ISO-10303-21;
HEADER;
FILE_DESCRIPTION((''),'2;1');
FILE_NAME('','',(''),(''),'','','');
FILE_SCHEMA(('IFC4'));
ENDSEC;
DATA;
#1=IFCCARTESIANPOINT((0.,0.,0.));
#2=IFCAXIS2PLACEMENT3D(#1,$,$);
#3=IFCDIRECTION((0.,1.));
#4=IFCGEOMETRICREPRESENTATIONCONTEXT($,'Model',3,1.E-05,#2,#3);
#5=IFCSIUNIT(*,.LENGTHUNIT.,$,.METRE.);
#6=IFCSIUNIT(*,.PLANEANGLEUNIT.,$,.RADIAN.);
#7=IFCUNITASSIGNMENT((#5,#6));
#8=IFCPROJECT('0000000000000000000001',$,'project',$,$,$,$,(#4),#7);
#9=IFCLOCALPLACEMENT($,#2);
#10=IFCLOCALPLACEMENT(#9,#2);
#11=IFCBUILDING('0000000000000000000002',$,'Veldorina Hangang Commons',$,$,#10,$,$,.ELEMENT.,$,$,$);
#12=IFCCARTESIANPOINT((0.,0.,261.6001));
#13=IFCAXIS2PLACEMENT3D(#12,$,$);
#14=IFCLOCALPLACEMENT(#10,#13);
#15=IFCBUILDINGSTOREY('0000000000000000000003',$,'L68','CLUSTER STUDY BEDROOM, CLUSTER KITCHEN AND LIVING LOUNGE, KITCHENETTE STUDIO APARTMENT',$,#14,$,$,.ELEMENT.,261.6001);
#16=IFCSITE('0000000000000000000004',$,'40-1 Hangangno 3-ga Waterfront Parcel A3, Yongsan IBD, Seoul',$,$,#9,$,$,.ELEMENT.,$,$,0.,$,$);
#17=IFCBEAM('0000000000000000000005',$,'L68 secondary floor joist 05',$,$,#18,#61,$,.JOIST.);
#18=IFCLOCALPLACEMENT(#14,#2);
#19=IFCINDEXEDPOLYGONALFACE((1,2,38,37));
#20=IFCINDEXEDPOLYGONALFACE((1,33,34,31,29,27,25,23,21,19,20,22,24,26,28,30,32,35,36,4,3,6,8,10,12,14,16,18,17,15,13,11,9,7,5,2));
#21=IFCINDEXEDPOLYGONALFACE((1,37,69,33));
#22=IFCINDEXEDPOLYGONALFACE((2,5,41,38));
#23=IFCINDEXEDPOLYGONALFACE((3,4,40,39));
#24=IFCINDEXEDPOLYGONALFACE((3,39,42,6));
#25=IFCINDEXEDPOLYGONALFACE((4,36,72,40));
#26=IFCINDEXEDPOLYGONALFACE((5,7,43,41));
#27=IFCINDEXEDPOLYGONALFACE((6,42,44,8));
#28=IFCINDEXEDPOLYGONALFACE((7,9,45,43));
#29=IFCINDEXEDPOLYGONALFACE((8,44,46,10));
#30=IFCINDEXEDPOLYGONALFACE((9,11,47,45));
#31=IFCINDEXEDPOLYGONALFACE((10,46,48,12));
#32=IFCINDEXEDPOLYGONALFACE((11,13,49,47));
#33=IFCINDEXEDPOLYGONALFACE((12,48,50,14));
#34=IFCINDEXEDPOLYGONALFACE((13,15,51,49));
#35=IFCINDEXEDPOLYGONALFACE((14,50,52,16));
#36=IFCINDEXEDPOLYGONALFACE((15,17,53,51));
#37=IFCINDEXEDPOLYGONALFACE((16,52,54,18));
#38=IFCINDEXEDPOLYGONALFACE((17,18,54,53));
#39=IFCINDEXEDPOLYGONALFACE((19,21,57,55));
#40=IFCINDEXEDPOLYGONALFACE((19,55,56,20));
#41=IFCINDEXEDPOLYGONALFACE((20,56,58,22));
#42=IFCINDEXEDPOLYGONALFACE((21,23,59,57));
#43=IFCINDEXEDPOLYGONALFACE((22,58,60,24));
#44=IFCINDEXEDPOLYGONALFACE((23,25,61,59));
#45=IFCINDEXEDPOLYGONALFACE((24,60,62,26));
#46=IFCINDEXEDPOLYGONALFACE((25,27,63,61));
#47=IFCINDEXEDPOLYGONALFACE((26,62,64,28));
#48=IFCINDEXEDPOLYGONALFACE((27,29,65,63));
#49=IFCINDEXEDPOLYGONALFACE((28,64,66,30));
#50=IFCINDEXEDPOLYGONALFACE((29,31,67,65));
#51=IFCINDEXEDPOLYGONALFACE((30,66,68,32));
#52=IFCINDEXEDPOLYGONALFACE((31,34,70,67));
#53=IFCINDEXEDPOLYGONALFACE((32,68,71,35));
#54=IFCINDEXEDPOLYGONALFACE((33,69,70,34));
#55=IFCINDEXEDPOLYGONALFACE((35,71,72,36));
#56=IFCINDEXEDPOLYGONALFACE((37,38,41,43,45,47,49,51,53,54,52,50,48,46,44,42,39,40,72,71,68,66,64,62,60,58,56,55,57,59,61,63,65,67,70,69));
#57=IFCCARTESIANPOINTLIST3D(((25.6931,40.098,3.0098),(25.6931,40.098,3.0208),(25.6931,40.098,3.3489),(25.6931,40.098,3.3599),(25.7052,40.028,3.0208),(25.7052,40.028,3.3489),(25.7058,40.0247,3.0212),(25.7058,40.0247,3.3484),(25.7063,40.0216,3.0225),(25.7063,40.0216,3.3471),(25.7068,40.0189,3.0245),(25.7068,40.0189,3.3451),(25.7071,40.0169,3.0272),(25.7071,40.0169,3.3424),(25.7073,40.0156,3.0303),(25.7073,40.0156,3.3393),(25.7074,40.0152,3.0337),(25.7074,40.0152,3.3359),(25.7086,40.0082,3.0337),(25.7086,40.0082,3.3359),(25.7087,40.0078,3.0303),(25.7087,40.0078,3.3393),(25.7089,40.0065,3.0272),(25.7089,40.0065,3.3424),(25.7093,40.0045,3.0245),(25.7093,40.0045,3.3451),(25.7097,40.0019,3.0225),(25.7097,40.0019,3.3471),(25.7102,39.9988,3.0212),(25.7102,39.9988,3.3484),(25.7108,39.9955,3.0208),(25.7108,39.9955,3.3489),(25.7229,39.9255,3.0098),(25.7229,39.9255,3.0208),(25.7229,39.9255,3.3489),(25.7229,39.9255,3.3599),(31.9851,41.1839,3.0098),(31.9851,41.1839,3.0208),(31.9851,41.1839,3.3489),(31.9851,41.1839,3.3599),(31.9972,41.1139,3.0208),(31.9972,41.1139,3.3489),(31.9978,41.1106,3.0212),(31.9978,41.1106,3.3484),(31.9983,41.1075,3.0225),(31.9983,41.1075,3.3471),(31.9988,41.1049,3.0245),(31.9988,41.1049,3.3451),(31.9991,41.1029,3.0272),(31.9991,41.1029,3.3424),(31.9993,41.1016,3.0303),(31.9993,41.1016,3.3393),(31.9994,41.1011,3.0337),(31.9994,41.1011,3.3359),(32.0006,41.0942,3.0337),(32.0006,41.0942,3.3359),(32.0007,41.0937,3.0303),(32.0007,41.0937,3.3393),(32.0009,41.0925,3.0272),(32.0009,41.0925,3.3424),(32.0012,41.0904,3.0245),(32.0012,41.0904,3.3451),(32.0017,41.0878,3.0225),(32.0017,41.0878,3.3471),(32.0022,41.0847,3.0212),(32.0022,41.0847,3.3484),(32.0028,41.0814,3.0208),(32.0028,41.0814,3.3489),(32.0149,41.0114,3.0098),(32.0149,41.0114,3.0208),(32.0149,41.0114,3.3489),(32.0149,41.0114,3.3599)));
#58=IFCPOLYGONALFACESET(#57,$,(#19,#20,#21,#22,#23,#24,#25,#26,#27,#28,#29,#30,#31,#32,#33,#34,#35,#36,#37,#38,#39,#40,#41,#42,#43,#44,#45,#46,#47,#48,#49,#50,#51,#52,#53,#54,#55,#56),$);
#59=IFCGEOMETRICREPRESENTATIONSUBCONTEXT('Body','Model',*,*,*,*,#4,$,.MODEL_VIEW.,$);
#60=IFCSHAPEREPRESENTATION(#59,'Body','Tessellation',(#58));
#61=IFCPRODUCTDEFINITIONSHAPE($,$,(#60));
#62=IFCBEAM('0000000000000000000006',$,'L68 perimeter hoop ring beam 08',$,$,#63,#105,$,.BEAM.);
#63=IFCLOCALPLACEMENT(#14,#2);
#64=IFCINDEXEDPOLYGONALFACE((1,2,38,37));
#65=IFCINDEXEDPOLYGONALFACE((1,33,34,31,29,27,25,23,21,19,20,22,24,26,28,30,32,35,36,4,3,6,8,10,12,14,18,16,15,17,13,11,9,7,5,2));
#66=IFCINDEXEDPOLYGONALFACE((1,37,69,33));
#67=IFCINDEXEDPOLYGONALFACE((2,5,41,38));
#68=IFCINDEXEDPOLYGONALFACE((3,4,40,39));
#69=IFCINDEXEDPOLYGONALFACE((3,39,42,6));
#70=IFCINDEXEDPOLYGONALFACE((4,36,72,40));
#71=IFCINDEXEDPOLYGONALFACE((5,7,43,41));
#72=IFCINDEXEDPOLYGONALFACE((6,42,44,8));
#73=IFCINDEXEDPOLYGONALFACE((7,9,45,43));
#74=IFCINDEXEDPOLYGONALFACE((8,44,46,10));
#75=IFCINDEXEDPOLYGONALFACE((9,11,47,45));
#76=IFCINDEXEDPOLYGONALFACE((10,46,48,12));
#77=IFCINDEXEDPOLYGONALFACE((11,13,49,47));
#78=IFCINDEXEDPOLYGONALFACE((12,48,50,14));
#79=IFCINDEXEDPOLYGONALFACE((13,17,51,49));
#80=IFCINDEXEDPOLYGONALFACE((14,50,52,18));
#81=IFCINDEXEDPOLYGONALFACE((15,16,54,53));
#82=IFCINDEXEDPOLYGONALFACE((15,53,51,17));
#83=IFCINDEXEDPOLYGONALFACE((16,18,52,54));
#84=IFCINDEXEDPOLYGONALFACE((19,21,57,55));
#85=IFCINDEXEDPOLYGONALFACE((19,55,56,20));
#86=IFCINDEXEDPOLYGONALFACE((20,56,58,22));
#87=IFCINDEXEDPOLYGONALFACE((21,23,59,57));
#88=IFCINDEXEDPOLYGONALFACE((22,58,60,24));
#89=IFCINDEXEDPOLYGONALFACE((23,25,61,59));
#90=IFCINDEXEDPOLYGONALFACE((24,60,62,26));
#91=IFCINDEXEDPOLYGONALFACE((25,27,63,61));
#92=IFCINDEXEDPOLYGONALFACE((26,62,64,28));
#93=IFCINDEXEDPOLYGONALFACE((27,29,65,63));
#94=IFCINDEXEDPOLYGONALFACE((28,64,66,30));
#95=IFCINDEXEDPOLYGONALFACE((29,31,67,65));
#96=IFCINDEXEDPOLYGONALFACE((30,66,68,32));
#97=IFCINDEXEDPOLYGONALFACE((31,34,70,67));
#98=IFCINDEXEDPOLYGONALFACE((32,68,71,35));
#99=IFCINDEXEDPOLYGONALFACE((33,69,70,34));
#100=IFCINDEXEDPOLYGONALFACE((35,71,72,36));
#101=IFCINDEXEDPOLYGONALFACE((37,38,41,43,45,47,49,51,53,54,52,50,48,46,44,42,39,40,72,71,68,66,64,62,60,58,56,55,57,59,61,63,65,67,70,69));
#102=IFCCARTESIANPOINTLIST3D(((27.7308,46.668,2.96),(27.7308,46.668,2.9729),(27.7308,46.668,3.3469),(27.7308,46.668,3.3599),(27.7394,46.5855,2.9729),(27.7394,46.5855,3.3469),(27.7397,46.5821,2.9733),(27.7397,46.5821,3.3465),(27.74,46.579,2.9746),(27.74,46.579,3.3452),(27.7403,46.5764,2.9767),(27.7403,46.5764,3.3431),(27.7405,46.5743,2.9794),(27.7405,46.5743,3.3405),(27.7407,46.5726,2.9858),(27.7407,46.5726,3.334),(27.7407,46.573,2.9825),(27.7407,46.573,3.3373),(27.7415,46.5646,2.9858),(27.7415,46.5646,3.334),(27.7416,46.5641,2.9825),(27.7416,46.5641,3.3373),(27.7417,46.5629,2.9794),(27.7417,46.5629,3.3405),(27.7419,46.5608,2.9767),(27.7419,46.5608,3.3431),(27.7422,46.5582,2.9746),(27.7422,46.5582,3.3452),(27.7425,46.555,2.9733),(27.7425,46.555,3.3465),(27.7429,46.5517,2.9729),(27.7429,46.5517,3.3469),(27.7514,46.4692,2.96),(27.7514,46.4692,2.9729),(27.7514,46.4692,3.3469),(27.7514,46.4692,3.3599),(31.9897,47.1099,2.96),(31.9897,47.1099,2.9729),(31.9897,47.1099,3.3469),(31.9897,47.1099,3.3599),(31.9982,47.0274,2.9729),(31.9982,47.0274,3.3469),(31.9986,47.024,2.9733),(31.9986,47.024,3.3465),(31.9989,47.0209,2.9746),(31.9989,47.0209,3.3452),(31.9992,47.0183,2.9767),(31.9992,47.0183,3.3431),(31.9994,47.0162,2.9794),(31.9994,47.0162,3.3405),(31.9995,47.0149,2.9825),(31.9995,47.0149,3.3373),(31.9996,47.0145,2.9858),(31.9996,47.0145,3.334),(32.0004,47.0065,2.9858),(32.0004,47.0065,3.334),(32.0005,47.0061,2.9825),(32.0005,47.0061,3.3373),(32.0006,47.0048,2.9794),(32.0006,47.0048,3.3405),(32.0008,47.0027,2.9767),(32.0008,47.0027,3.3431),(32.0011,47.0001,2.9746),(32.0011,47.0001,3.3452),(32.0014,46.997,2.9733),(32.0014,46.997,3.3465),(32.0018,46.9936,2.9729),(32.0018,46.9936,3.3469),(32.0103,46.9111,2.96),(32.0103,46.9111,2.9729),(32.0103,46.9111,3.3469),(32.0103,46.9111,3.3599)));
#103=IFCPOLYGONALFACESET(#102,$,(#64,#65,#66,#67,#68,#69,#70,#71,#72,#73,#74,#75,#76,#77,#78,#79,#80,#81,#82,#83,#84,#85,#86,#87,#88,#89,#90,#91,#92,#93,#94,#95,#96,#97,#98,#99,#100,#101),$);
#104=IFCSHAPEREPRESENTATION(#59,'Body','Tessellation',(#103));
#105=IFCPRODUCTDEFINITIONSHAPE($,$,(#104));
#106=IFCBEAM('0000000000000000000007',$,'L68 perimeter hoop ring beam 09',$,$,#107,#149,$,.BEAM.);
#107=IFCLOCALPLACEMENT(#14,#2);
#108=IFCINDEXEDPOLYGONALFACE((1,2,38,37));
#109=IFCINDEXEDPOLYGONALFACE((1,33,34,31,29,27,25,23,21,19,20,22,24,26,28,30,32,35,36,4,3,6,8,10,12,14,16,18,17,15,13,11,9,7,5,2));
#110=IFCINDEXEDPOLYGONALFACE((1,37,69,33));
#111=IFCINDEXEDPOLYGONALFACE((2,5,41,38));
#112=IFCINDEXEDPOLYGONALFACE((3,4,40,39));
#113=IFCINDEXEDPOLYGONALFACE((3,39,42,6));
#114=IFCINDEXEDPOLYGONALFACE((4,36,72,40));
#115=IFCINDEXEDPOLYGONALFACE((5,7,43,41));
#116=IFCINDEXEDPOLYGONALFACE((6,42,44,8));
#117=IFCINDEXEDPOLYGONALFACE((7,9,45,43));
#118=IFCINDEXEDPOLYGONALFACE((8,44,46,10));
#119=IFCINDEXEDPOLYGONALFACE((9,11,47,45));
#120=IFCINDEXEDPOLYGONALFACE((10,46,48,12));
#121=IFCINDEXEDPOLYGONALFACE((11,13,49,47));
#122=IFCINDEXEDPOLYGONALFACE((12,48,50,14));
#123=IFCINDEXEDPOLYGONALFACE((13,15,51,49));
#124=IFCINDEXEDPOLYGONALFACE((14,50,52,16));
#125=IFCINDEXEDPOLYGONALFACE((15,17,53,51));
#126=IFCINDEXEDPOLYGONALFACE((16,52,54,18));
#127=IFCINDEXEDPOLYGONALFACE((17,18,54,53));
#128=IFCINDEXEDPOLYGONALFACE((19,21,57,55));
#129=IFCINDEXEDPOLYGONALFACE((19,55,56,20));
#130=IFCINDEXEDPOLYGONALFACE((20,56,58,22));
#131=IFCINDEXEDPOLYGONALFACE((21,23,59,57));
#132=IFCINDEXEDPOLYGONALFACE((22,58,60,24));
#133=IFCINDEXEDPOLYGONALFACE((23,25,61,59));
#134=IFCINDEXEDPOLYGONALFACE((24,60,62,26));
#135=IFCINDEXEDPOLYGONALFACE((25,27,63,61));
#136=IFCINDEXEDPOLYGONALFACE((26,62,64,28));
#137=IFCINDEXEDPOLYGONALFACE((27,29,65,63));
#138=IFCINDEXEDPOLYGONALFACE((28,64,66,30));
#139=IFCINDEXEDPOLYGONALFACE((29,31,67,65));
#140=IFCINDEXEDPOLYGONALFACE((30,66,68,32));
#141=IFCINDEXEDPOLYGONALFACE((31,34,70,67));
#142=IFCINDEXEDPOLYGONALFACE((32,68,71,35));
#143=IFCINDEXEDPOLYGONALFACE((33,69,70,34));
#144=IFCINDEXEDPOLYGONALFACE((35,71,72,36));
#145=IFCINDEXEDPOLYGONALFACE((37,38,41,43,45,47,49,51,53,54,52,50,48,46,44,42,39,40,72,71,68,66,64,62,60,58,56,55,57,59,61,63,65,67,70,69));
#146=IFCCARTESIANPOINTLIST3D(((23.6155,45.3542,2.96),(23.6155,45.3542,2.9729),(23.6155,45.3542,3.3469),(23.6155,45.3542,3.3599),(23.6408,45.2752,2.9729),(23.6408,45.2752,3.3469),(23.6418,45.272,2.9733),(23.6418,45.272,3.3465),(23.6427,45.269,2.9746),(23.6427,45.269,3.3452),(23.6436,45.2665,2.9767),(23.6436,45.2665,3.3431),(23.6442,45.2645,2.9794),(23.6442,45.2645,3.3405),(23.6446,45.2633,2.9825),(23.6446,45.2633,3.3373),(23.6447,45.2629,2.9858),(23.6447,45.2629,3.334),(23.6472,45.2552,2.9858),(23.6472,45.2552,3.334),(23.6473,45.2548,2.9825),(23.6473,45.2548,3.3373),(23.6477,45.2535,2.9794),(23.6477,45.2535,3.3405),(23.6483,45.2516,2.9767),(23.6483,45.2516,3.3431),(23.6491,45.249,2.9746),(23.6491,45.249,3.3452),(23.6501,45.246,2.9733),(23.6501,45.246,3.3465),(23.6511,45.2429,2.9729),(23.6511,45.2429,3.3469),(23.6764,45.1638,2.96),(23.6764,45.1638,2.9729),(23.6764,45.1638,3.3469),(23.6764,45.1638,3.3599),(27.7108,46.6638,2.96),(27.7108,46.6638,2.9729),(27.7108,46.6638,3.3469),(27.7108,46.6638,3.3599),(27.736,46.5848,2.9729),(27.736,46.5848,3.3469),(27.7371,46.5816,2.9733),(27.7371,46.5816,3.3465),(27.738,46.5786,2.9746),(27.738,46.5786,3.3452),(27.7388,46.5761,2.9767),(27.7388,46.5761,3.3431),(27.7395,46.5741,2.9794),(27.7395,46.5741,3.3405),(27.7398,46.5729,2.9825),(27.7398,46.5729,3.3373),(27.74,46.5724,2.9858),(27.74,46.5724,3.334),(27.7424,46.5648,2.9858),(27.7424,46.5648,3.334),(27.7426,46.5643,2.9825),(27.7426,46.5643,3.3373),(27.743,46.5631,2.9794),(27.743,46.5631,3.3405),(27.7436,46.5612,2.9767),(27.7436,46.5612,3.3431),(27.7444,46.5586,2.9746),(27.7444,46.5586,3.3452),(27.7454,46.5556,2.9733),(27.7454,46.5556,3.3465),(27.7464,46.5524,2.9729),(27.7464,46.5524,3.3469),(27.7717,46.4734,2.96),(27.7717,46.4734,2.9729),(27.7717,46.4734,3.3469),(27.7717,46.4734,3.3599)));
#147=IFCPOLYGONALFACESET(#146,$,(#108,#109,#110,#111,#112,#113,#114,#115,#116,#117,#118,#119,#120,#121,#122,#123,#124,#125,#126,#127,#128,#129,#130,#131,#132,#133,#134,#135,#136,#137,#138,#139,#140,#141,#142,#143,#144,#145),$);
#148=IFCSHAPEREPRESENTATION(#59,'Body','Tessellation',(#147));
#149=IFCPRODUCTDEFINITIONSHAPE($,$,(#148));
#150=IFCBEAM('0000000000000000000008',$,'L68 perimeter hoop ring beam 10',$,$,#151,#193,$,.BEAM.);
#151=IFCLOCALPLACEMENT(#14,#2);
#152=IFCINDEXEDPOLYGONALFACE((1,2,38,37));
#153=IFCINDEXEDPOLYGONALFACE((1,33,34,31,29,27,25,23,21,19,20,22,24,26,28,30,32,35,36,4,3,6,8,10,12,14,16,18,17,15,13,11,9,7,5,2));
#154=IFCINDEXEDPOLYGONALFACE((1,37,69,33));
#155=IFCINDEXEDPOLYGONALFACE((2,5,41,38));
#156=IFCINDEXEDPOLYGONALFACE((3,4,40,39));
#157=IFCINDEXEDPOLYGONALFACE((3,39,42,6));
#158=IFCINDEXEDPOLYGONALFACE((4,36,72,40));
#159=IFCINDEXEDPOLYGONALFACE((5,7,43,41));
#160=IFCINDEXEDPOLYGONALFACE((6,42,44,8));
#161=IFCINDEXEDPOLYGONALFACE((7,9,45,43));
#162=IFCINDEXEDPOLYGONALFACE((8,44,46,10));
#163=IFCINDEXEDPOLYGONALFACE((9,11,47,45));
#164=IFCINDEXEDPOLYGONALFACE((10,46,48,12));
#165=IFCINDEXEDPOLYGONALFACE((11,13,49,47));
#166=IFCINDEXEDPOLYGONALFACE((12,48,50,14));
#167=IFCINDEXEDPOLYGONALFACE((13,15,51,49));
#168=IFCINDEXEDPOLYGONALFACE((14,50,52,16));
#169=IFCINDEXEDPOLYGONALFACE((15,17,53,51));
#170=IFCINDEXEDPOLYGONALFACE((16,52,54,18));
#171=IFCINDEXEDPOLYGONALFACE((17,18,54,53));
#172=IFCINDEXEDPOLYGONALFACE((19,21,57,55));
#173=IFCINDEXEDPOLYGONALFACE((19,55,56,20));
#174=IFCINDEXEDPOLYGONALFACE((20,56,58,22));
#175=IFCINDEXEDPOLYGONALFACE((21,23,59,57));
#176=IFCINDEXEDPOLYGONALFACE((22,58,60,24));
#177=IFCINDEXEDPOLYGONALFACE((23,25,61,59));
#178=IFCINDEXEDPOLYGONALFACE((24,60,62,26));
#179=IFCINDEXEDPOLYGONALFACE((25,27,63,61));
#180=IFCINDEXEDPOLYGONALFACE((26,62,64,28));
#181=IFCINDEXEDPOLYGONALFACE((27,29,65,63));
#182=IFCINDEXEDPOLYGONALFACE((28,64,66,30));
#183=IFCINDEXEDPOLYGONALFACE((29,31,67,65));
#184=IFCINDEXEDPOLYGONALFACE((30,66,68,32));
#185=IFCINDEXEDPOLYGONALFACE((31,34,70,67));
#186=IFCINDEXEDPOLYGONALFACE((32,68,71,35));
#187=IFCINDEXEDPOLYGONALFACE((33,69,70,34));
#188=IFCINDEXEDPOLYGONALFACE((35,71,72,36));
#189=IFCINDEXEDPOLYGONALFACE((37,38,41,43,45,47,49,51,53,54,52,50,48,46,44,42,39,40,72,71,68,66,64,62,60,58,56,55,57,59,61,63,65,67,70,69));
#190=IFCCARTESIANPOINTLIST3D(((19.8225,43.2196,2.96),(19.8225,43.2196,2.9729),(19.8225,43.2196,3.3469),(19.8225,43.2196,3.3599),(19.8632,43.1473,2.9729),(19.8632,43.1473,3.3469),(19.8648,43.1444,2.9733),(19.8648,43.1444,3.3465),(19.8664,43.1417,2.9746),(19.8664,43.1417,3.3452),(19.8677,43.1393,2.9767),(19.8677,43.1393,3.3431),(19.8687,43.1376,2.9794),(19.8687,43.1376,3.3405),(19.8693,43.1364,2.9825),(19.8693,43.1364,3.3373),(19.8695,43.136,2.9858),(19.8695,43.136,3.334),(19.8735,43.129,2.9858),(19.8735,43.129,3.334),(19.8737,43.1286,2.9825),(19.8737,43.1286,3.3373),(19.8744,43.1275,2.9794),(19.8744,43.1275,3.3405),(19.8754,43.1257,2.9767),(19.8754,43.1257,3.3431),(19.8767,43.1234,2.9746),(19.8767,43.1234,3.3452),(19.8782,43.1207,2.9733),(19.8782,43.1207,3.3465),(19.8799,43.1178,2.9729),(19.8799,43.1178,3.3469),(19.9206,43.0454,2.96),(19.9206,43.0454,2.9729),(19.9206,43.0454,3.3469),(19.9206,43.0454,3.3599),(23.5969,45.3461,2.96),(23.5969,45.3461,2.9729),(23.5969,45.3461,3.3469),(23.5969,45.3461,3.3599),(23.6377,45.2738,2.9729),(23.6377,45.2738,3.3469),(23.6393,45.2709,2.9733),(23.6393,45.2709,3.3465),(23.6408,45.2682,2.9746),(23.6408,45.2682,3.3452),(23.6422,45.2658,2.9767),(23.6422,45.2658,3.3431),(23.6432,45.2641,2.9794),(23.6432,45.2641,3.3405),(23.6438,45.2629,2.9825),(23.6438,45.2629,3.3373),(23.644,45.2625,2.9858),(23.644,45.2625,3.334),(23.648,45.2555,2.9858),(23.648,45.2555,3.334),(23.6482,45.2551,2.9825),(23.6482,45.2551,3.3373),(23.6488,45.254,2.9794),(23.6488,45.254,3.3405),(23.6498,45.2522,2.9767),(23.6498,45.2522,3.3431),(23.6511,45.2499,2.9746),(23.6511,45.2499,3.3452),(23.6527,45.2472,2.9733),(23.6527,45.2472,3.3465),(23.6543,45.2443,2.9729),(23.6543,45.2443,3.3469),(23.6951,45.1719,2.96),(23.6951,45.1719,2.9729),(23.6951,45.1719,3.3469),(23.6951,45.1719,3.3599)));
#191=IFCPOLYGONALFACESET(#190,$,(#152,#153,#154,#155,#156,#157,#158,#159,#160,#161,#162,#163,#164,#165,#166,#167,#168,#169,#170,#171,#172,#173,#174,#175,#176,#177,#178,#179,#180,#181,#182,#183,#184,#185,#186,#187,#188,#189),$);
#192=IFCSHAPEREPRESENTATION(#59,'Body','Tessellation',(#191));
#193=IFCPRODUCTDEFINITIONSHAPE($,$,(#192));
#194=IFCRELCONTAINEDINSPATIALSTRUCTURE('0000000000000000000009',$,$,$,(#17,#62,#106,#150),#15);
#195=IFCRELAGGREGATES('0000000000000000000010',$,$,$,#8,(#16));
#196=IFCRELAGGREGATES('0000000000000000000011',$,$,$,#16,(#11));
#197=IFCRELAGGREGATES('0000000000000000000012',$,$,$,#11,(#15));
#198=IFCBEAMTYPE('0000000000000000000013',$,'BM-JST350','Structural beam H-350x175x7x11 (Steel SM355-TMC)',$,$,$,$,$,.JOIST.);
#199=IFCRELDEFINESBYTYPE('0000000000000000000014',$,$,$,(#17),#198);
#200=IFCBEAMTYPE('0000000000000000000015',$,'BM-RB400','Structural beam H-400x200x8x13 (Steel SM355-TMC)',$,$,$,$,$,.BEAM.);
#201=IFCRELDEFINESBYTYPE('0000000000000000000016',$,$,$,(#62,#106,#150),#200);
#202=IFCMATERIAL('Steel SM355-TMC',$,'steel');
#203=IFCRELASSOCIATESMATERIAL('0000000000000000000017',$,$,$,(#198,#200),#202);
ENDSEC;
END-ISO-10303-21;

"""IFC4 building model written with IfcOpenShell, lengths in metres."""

from ifc_helpers import new_model, si_unit, direction, frame, origin, origin_2d, place, context, subcontext, project, spatial, i_section, extrude, material, material_profile, profile_set, type_object, element, save


model = new_model("IFC4")

# Units and contexts
model_context = context("Model", 3, precision=1e-05, world=origin(), true_north=direction((0.0, 1.0)))
body_context = subcontext(model_context, "Body", "Model", "MODEL_VIEW")
ifc_project = project(units=[si_unit("LENGTHUNIT", "METRE"), si_unit("PLANEANGLEUNIT", "RADIAN")], contexts=[model_context])

# Site, building, storey
site_placement = place(None, origin())
site = spatial("IfcSite", under=ifc_project, at=site_placement, Name="40-1 Hangangno 3-ga Waterfront Parcel A3, Yongsan IBD, Seoul", CompositionType="ELEMENT", RefElevation=0.0)
building_placement = place(site_placement, origin())
building = spatial("IfcBuilding", under=site, at=building_placement, Name="Veldorina Hangang Commons", CompositionType="ELEMENT")
storey_placement = place(building_placement, frame((0.0, 0.0, 261.6001)))
storey = spatial("IfcBuildingStorey", under=building, at=storey_placement, Name="L68", Description="CLUSTER STUDY BEDROOM, CLUSTER KITCHEN AND LIVING LOUNGE, KITCHENETTE STUDIO APARTMENT", CompositionType="ELEMENT", Elevation=261.6001)

# Beams
ifc_material_1 = material(Name="Steel SM355-TMC", Category="steel")
ifc_material_profile_1 = material_profile(ifc_material_1, i_section(OverallWidth=0.175, OverallDepth=0.3501, WebThickness=0.0071, FlangeThickness=0.011, FilletRadius=0.0129, at=origin_2d()), Name="H-350x175x7x11")
ifc_profile_set_1 = profile_set([ifc_material_profile_1], Name="Steel SM355-TMC")
beam_type_1 = type_object("IfcBeamType", Name="BM-JST350", Description="Structural beam H-350x175x7x11 (Steel SM355-TMC)", PredefinedType="JOIST", material=ifc_profile_set_1)
beam_1_placement = place(storey_placement, frame((32.0, 41.0977, 3.1848), z_axis=(-0.985431, -0.170076, 0.0), x_axis=(0.170076, -0.985431, 0.0)))
element("IfcBeam", 1, at=beam_1_placement, inside=storey, type_object=beam_type_1, Name="L68 secondary floor joist 05", PredefinedType="JOIST", context=body_context, shape_type="SweptSolid", body=[
    extrude(i_section(OverallWidth=0.175, OverallDepth=0.3501, WebThickness=0.0071, FlangeThickness=0.011, FilletRadius=0.0129, at=origin_2d()), origin(), (0.0, 0.0, 1.0), 6.385),
])
ifc_material_profile_2 = material_profile(ifc_material_1, i_section(OverallWidth=0.2, OverallDepth=0.3999, WebThickness=0.0081, FlangeThickness=0.0129, FilletRadius=0.0129, at=origin_2d()), Name="H-400x200x8x13")
ifc_profile_set_2 = profile_set([ifc_material_profile_2], Name="Steel SM355-TMC")
beam_type_2 = type_object("IfcBeamType", Name="BM-RB400", Description="Structural beam H-400x200x8x13 (Steel SM355-TMC)", PredefinedType="BEAM", material=ifc_profile_set_2)
beam_2_placement = place(storey_placement, frame((32.0, 47.0105, 3.1599), z_axis=(-0.99466, -0.103207, 0.0), x_axis=(0.103207, -0.99466, 0.0)))
element("IfcBeam", 2, at=beam_2_placement, inside=storey, type_object=beam_type_2, Name="L68 perimeter hoop ring beam 08", PredefinedType="BEAM", context=body_context, shape_type="SweptSolid", body=[
    extrude(i_section(OverallWidth=0.2, OverallDepth=0.3999, WebThickness=0.0081, FlangeThickness=0.0129, FilletRadius=0.0129, at=origin_2d()), origin(), (0.0, 0.0, 1.0), 4.2817),
])
beam_3_placement = place(storey_placement, frame((27.7412, 46.5686, 3.1599), z_axis=(-0.952485, -0.304586, 0.0), x_axis=(0.304586, -0.952485, 0.0)))
element("IfcBeam", 3, at=beam_3_placement, inside=storey, type_object=beam_type_2, Name="L68 perimeter hoop ring beam 09", PredefinedType="BEAM", context=body_context, shape_type="SweptSolid", body=[
    extrude(i_section(OverallWidth=0.2, OverallDepth=0.3999, WebThickness=0.0081, FlangeThickness=0.0129, FilletRadius=0.0129, at=origin_2d()), origin(), (0.0, 0.0, 1.0), 4.2996),
])
beam_4_placement = place(storey_placement, frame((23.646, 45.259, 3.1599), z_axis=(-0.871244, -0.49085, 0.0), x_axis=(0.49085, -0.871244, 0.0)))
element("IfcBeam", 4, at=beam_4_placement, inside=storey, type_object=beam_type_2, Name="L68 perimeter hoop ring beam 10", PredefinedType="BEAM", context=body_context, shape_type="SweptSolid", body=[
    extrude(i_section(OverallWidth=0.2, OverallDepth=0.3999, WebThickness=0.0081, FlangeThickness=0.0129, FilletRadius=0.0129, at=origin_2d()), origin(), (0.0, 0.0, 1.0), 4.3323),
])

save(model, "model.ifc")
